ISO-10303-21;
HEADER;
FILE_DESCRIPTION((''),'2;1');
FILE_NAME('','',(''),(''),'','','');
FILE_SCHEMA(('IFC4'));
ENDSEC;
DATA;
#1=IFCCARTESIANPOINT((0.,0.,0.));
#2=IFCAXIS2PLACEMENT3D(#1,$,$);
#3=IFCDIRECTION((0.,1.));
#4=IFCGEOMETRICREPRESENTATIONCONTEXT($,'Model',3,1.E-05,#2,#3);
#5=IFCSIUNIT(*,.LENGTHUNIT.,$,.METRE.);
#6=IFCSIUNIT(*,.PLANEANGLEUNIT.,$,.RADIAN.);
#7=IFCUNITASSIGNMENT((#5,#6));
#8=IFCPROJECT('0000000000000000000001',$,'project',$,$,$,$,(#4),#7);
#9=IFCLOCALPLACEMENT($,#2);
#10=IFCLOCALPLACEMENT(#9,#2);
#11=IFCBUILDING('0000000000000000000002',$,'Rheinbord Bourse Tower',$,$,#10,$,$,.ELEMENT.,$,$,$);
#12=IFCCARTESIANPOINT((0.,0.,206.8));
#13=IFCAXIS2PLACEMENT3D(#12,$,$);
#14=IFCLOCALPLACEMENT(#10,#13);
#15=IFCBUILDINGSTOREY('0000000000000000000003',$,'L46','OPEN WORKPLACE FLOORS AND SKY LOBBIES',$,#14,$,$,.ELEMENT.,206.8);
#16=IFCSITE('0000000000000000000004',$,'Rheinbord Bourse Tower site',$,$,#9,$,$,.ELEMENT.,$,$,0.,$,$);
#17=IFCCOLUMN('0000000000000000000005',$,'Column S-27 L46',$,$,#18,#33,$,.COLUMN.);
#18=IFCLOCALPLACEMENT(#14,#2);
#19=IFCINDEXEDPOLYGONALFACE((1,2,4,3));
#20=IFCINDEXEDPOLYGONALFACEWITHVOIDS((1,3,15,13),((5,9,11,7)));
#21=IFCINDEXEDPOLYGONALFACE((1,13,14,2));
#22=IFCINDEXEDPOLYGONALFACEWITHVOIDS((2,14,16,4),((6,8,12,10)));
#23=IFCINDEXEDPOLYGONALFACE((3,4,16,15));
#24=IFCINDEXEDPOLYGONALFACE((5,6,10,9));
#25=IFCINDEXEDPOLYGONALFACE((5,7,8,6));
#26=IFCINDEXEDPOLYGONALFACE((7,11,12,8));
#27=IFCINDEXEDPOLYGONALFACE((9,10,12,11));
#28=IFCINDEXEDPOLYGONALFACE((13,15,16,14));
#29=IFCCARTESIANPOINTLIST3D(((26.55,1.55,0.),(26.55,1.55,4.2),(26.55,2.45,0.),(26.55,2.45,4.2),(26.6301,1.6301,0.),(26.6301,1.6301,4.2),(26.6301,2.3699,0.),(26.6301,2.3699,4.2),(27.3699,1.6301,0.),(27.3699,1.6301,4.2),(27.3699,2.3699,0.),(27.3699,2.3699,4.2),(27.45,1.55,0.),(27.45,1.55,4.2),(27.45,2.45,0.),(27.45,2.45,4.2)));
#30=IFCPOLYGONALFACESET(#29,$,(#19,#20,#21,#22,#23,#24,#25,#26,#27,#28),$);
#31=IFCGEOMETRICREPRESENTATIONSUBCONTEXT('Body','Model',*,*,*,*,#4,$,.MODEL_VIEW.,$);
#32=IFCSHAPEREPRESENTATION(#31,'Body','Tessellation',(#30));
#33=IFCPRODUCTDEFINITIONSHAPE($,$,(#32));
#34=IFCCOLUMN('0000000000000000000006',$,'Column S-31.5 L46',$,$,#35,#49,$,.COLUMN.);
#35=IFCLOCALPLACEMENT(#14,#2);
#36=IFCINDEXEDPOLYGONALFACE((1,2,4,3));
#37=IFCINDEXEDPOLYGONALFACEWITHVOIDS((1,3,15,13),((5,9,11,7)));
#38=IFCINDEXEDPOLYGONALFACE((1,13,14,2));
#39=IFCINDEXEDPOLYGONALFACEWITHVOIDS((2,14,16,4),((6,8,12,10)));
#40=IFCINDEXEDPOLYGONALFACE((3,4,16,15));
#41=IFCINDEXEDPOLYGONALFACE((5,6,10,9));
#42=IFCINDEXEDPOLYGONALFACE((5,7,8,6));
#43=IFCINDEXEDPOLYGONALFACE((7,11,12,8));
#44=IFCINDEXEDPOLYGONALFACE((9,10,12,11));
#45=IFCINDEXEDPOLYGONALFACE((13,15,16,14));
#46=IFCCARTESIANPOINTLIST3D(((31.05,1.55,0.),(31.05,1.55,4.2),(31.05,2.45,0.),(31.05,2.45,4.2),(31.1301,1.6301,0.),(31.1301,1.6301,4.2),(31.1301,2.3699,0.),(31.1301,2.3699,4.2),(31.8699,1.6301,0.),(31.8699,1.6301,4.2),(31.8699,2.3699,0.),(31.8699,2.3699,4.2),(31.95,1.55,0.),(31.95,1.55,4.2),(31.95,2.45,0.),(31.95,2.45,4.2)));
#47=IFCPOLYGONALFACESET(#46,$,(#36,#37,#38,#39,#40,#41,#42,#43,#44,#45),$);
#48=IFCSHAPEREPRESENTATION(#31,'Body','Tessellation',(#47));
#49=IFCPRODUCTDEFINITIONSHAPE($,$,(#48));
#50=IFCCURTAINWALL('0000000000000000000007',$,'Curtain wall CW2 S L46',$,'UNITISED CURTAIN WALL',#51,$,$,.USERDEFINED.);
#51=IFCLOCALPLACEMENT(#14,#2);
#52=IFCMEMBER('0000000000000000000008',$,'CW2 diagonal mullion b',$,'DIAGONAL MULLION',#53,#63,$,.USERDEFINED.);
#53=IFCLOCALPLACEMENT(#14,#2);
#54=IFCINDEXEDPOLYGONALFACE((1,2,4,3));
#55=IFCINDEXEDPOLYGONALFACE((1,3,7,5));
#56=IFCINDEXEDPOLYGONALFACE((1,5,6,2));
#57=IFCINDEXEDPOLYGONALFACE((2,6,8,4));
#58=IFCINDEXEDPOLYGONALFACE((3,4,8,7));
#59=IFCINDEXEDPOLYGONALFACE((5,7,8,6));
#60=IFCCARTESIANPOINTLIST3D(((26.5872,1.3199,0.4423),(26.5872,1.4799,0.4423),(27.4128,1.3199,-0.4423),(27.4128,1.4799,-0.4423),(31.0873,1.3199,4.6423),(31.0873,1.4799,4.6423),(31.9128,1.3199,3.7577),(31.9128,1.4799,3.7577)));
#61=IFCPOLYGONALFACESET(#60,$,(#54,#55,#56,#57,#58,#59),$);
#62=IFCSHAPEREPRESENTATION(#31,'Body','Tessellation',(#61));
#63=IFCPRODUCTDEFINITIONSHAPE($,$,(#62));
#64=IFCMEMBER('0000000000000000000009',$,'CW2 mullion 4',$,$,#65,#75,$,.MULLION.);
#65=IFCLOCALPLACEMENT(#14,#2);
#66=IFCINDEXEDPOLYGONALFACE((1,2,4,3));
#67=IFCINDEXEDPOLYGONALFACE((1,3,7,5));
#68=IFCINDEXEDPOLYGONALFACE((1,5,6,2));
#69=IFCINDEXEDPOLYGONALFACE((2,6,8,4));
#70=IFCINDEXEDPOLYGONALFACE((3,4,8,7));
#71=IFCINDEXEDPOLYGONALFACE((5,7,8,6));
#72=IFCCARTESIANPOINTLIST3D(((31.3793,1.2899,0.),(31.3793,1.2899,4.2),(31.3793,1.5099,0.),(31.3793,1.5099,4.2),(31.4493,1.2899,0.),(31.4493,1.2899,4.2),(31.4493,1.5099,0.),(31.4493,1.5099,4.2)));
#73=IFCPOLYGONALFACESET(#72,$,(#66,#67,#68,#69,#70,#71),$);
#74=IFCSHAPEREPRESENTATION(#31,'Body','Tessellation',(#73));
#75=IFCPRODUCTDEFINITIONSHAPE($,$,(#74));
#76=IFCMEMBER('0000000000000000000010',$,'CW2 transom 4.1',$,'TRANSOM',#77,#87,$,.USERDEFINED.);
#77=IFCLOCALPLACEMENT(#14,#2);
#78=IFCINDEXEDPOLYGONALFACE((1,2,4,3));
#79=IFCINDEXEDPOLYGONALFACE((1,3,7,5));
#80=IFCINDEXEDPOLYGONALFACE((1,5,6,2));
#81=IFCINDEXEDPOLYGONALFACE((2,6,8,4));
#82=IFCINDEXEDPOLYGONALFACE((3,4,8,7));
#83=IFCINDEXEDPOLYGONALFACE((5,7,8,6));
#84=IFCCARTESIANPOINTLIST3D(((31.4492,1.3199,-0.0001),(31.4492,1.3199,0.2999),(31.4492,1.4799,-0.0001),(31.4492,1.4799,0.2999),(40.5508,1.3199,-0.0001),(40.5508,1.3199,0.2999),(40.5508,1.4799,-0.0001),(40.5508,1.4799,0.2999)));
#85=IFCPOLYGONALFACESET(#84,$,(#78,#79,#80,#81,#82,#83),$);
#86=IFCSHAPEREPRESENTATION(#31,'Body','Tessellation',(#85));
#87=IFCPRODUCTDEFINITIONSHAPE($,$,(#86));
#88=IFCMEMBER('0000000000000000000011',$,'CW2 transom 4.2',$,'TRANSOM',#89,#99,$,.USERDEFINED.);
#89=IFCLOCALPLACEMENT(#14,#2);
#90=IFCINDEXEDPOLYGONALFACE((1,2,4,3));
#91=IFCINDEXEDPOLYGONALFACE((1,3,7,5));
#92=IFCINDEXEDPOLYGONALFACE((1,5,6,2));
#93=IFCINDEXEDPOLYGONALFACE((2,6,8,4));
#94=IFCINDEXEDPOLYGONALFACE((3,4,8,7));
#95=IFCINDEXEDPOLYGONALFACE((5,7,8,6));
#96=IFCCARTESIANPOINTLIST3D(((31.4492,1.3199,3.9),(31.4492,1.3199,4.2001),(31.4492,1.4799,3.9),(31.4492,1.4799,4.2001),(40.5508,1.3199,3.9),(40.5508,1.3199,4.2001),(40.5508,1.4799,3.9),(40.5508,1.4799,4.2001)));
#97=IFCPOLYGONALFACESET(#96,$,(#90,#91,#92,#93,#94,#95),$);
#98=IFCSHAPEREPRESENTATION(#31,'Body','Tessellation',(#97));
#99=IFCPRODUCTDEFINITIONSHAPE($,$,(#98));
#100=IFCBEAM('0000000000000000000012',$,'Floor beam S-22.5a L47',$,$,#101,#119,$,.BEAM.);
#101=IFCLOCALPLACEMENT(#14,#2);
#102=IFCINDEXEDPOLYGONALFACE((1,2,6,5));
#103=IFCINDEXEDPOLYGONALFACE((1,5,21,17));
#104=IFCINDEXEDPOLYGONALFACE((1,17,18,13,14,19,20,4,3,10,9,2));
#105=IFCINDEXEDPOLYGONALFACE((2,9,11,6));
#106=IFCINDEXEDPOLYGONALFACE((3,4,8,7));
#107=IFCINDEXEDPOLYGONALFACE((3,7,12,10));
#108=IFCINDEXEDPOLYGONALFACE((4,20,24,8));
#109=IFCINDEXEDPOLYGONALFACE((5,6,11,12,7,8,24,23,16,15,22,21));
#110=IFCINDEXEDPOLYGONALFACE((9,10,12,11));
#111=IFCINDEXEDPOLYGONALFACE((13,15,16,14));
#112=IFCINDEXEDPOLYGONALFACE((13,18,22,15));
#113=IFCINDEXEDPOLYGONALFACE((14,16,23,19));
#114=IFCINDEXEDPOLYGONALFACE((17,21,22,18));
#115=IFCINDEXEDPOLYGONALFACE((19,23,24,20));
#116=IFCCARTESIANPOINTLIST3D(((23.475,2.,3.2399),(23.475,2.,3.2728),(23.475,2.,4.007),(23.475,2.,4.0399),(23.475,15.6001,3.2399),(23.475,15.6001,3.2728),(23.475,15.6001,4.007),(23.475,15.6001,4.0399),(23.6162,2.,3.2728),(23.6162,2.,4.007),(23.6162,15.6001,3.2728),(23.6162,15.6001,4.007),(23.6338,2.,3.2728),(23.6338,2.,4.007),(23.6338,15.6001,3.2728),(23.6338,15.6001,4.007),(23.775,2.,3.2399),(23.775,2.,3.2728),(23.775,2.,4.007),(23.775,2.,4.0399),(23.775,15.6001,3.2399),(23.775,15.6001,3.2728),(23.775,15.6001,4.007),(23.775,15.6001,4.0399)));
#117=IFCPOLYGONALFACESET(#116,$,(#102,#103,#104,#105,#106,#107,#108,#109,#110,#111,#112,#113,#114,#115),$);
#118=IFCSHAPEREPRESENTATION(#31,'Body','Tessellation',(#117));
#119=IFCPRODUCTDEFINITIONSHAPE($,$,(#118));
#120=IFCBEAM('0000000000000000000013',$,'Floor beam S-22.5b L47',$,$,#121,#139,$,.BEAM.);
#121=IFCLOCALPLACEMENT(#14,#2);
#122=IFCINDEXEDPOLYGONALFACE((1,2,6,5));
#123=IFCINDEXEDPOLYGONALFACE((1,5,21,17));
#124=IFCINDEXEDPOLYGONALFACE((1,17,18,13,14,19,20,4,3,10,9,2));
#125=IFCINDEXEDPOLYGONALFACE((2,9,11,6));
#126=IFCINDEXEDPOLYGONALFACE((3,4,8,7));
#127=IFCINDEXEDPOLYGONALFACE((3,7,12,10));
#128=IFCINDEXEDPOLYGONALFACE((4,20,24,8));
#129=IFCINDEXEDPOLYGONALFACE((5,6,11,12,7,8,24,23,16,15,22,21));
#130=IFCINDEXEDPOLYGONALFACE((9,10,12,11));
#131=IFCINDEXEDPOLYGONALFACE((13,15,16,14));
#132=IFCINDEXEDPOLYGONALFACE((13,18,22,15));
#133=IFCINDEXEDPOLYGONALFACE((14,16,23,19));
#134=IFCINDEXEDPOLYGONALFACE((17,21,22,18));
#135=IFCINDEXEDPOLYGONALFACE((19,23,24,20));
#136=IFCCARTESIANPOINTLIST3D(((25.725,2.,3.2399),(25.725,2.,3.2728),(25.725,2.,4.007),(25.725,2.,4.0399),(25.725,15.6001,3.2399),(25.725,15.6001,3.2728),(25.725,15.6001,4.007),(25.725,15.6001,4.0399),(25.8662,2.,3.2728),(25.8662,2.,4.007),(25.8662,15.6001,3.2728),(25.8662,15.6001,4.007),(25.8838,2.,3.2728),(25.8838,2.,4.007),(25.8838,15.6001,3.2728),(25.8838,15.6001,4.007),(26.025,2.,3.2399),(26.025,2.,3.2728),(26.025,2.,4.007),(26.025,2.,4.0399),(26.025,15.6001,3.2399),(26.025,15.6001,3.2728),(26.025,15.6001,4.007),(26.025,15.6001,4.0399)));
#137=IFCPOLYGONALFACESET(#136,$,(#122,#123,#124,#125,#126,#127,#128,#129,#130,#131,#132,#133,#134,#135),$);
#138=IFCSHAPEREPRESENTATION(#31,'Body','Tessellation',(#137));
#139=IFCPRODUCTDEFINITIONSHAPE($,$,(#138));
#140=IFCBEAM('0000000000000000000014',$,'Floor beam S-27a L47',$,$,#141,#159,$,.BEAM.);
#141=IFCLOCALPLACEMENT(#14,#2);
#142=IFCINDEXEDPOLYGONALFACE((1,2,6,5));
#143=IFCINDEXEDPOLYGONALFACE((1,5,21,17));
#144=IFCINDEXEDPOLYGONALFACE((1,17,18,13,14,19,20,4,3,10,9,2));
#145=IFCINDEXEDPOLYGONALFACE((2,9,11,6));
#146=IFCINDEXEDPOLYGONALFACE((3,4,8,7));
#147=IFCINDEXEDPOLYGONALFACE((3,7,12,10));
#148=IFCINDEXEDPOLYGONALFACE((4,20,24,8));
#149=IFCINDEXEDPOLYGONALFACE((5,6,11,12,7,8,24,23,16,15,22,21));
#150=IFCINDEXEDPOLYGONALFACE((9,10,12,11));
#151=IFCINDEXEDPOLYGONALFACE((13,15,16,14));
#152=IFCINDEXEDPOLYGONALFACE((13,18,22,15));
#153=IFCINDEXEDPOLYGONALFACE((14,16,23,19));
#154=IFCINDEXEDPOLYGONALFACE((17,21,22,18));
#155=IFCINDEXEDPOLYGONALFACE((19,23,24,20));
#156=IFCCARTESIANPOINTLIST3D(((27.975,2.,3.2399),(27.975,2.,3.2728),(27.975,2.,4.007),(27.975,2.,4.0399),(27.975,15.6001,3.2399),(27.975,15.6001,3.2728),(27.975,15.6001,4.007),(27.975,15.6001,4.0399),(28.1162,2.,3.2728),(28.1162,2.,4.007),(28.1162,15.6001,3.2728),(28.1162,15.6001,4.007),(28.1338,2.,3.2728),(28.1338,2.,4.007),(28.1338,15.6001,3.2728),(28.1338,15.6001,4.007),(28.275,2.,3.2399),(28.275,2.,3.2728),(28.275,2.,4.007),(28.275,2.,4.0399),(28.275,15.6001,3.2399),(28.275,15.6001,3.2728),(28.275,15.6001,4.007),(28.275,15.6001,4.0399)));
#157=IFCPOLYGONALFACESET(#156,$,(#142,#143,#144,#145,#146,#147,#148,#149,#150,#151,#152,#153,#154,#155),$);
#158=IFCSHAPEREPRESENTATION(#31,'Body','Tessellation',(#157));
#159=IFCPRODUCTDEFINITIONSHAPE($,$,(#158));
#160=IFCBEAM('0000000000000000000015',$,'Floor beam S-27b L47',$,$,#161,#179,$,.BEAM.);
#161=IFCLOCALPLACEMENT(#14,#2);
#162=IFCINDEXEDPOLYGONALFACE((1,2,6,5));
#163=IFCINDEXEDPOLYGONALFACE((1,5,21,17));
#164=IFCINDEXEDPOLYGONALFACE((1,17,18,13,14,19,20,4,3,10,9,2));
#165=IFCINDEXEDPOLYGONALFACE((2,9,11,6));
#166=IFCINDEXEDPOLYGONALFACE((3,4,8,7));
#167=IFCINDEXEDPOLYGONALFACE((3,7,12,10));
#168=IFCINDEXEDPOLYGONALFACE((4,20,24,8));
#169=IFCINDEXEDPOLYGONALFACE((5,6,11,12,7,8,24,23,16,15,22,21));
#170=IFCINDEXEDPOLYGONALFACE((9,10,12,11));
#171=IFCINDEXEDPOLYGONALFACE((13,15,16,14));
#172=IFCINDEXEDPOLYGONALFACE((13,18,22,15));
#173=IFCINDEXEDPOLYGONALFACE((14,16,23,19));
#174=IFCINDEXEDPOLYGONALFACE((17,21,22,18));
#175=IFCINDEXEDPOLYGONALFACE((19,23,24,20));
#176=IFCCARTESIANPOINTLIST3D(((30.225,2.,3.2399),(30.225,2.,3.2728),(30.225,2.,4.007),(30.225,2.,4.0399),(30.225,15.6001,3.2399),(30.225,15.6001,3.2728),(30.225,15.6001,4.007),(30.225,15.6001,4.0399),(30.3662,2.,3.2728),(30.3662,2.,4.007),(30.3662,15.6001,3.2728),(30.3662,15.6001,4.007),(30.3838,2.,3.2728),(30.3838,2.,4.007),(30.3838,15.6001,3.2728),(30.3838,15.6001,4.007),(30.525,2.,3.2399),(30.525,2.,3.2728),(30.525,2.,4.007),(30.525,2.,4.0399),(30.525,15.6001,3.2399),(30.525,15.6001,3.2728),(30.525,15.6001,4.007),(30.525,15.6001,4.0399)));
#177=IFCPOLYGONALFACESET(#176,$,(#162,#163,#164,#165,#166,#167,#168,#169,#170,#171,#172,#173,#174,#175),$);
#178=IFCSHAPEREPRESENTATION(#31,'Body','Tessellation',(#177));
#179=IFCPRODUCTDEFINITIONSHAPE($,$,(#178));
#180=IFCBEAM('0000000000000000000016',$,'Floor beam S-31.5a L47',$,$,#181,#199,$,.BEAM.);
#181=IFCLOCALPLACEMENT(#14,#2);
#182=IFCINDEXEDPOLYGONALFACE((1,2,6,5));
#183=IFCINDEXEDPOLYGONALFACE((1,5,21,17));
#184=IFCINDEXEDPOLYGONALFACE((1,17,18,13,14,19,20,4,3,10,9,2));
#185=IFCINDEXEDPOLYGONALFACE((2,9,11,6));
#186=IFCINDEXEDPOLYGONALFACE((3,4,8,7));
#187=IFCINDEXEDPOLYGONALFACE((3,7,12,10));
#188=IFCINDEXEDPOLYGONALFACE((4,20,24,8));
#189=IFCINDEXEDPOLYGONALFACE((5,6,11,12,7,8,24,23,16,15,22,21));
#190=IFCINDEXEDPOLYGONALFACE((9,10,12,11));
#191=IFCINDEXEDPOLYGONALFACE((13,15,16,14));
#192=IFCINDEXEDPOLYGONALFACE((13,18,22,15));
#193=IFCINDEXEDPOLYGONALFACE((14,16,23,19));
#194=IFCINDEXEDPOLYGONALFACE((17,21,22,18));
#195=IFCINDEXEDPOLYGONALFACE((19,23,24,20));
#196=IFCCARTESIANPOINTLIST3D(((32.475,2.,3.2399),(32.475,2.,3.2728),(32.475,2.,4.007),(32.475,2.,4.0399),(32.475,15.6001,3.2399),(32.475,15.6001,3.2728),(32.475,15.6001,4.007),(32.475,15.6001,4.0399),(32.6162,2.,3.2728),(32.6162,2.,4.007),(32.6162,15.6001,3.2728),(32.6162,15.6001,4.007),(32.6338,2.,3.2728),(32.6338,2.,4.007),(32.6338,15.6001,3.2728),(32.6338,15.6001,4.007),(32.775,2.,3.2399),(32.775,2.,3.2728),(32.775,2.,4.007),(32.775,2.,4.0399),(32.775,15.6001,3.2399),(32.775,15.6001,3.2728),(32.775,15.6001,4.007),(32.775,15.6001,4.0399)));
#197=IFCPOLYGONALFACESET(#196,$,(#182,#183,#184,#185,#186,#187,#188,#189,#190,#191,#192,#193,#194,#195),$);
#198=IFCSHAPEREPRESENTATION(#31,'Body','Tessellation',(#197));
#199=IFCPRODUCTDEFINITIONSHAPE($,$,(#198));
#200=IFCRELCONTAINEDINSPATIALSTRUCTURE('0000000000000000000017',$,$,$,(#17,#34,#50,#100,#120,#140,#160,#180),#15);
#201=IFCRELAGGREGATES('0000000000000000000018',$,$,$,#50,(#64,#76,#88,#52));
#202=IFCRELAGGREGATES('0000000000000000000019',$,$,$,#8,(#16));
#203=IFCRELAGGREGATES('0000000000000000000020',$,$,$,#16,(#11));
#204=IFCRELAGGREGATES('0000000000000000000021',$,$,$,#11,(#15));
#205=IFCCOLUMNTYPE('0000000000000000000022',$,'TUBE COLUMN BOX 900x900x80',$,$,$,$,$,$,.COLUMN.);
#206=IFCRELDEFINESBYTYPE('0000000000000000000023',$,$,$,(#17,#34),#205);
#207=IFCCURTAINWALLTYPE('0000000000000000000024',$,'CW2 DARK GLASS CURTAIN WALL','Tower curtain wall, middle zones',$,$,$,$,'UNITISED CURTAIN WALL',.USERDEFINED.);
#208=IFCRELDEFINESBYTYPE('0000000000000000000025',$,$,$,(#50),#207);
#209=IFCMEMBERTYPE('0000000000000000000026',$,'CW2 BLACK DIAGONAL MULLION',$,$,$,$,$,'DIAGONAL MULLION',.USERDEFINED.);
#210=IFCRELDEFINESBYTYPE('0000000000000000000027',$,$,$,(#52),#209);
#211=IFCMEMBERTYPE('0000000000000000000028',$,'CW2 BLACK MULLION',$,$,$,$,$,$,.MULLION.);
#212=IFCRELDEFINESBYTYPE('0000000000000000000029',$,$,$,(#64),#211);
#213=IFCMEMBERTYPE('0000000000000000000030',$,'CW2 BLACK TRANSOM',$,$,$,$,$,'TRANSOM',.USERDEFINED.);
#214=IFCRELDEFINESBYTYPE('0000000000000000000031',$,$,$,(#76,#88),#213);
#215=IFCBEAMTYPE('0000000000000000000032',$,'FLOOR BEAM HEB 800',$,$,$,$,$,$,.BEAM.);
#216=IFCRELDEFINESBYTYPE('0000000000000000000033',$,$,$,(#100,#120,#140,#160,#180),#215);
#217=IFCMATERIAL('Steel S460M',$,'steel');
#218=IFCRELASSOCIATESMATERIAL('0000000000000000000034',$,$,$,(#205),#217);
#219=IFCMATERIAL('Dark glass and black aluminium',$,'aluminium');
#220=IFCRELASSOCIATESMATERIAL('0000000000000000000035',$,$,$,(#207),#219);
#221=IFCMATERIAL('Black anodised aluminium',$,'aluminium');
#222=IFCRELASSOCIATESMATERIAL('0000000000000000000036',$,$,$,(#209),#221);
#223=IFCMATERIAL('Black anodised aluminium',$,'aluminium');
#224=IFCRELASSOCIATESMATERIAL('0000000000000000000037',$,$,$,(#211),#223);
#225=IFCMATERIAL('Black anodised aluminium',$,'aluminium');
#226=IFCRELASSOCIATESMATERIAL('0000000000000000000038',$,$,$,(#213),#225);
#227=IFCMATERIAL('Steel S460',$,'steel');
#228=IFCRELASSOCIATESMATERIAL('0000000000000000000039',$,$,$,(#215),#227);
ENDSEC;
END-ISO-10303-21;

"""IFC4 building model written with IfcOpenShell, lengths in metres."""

from ifc_helpers import new_model, si_unit, direction, frame, origin, origin_2d, place, context, subcontext, project, spatial, rectangle, hollow_rectangle, i_section, extrude, material, material_profile, profile_set, type_object, element, aggregate, save


model = new_model("IFC4")

# Units and contexts
model_context = context("Model", 3, precision=1e-05, world=origin(), true_north=direction((0.0, 1.0)))
body_context = subcontext(model_context, "Body", "Model", "MODEL_VIEW")
ifc_project = project(units=[si_unit("LENGTHUNIT", "METRE"), si_unit("PLANEANGLEUNIT", "RADIAN")], contexts=[model_context])

# Site, building, storey
site_placement = place(None, origin())
site = spatial("IfcSite", under=ifc_project, at=site_placement, Name="Rheinbord Bourse Tower site", CompositionType="ELEMENT", RefElevation=0.0)
building_placement = place(site_placement, origin())
building = spatial("IfcBuilding", under=site, at=building_placement, Name="Rheinbord Bourse Tower", CompositionType="ELEMENT")
storey_placement = place(building_placement, frame((0.0, 0.0, 206.8)))
storey = spatial("IfcBuildingStorey", under=building, at=storey_placement, Name="L46", Description="OPEN WORKPLACE FLOORS AND SKY LOBBIES", CompositionType="ELEMENT", Elevation=206.8)

# Columns
ifc_material_1 = material(Name="Steel S460M", Category="steel")
ifc_material_profile_1 = material_profile(ifc_material_1, hollow_rectangle(XDim=0.8999, YDim=0.8999, WallThickness=0.0801, at=origin_2d()), Name="BOX 900x900x80")
ifc_profile_set_1 = profile_set([ifc_material_profile_1], Name="Steel S460M")
column_type = type_object("IfcColumnType", Name="TUBE COLUMN BOX 900x900x80", PredefinedType="COLUMN", material=ifc_profile_set_1)
for number, where, z_axis, x_axis, name in (
    (1, (27.0, 2.0, 0.0), (0.0, 0.0, 1.0), (0.0, 1.0, 0.0), "Column S-27 L46"),
    (2, (31.5, 2.0, 0.0), (0.0, 0.0, 1.0), (0.0, 1.0, 0.0), "Column S-31.5 L46"),
):
    element("IfcColumn", number, at=place(storey_placement, frame(where, z_axis=z_axis, x_axis=x_axis)), inside=storey, type_object=column_type, Name=name, PredefinedType="COLUMN", context=body_context, shape_type="SweptSolid", body=[
        extrude(hollow_rectangle(XDim=0.8999, YDim=0.8999, WallThickness=0.0801, at=origin_2d()), origin(), (0.0, 0.0, 1.0), 4.2),
    ])

# Curtain wall, members
ifc_material_2 = material(Name="Dark glass and black aluminium", Category="aluminium")
curtain_wall_type = type_object("IfcCurtainWallType", Name="CW2 DARK GLASS CURTAIN WALL", Description="Tower curtain wall, middle zones", ElementType="UNITISED CURTAIN WALL", PredefinedType="USERDEFINED", material=ifc_material_2)
curtain_wall_placement = place(storey_placement, origin())
curtain_wall = element("IfcCurtainWall", 3, at=curtain_wall_placement, inside=storey, type_object=curtain_wall_type, Name="Curtain wall CW2 S L46", ObjectType="UNITISED CURTAIN WALL", PredefinedType="USERDEFINED")
ifc_material_3 = material(Name="Black anodised aluminium", Category="aluminium")
ifc_material_profile_2 = material_profile(ifc_material_3, rectangle(XDim=0.1599, YDim=1.21, at=origin_2d()), Name="CW2 DIAGONAL MULLION 1210x160")
ifc_profile_set_2 = profile_set([ifc_material_profile_2], Name="Black anodised aluminium")
member_type_1 = type_object("IfcMemberType", Name="CW2 BLACK DIAGONAL MULLION", ElementType="DIAGONAL MULLION", PredefinedType="USERDEFINED", material=ifc_profile_set_2)
member_1_placement = place(storey_placement, frame((27.0, 1.3999, 0.0), z_axis=(0.731059, 0.0, 0.682314), x_axis=(0.0, 1.0, 0.0)))
member_1 = element("IfcMember", 4, at=member_1_placement, type_object=member_type_1, Name="CW2 diagonal mullion b", ObjectType="DIAGONAL MULLION", PredefinedType="USERDEFINED", context=body_context, shape_type="SweptSolid", body=[
    extrude(rectangle(XDim=0.1599, YDim=1.21, at=origin_2d()), origin(), (0.0, 0.0, 1.0), 6.1555),
])
ifc_material_4 = material(Name="Black anodised aluminium", Category="aluminium")
ifc_material_profile_3 = material_profile(ifc_material_4, rectangle(XDim=0.22, YDim=0.0701, at=origin_2d()), Name="CW2 MULLION 70x220")
ifc_profile_set_3 = profile_set([ifc_material_profile_3], Name="Black anodised aluminium")
member_type_2 = type_object("IfcMemberType", Name="CW2 BLACK MULLION", PredefinedType="MULLION", material=ifc_profile_set_3)
member_2_placement = place(storey_placement, frame((31.4143, 1.3999, 0.0), z_axis=(0.0, 0.0, 1.0), x_axis=(0.0, 1.0, 0.0)))
member_2 = element("IfcMember", 5, at=member_2_placement, type_object=member_type_2, Name="CW2 mullion 4", PredefinedType="MULLION", context=body_context, shape_type="SweptSolid", body=[
    extrude(rectangle(XDim=0.22, YDim=0.0701, at=origin_2d()), origin(), (0.0, 0.0, 1.0), 4.2),
])
ifc_material_5 = material(Name="Black anodised aluminium", Category="aluminium")
ifc_material_profile_4 = material_profile(ifc_material_5, rectangle(XDim=0.1599, YDim=0.3, at=origin_2d()), Name="CW2 TRANSOM 300x160")
ifc_profile_set_4 = profile_set([ifc_material_profile_4], Name="Black anodised aluminium")
member_type_3 = type_object("IfcMemberType", Name="CW2 BLACK TRANSOM", ElementType="TRANSOM", PredefinedType="USERDEFINED", material=ifc_profile_set_4)
member_3_placement = place(storey_placement, frame((31.4492, 1.3999, 0.1499), z_axis=(1.0, 0.0, 0.0), x_axis=(0.0, 1.0, 0.0)))
member_3 = element("IfcMember", 6, at=member_3_placement, type_object=member_type_3, Name="CW2 transom 4.1", ObjectType="TRANSOM", PredefinedType="USERDEFINED", context=body_context, shape_type="SweptSolid", body=[
    extrude(rectangle(XDim=0.1599, YDim=0.3, at=origin_2d()), origin(), (0.0, 0.0, 1.0), 9.1016),
])
member_4_placement = place(storey_placement, frame((31.4492, 1.3999, 4.05), z_axis=(1.0, 0.0, 0.0), x_axis=(0.0, 1.0, 0.0)))
member_4 = element("IfcMember", 7, at=member_4_placement, type_object=member_type_3, Name="CW2 transom 4.2", ObjectType="TRANSOM", PredefinedType="USERDEFINED", context=body_context, shape_type="SweptSolid", body=[
    extrude(rectangle(XDim=0.1599, YDim=0.3, at=origin_2d()), origin(), (0.0, 0.0, 1.0), 9.1016),
])

# Beams
ifc_material_6 = material(Name="Steel S460", Category="steel")
ifc_material_profile_5 = material_profile(ifc_material_6, i_section(OverallWidth=0.3, OverallDepth=0.8, WebThickness=0.0176, FlangeThickness=0.033, at=origin_2d()), Name="HEB 800")
ifc_profile_set_5 = profile_set([ifc_material_profile_5], Name="Steel S460")
beam_type_1 = type_object("IfcBeamType", Name="FLOOR BEAM HEB 800", PredefinedType="BEAM", material=ifc_profile_set_5)
for number, where, z_axis, x_axis, name in (
    (8, (23.625, 2.0, 3.6399), (0.0, 1.0, 0.0), (-1.0, 0.0, 0.0), "Floor beam S-22.5a L47"),
    (9, (25.875, 2.0, 3.6399), (0.0, 1.0, 0.0), (-1.0, 0.0, 0.0), "Floor beam S-22.5b L47"),
    (10, (28.125, 2.0, 3.6399), (0.0, 1.0, 0.0), (-1.0, 0.0, 0.0), "Floor beam S-27a L47"),
    (11, (30.375, 2.0, 3.6399), (0.0, 1.0, 0.0), (-1.0, 0.0, 0.0), "Floor beam S-27b L47"),
    (12, (32.625, 2.0, 3.6399), (0.0, 1.0, 0.0), (-1.0, 0.0, 0.0), "Floor beam S-31.5a L47"),
):
    element("IfcBeam", number, at=place(storey_placement, frame(where, z_axis=z_axis, x_axis=x_axis)), inside=storey, type_object=beam_type_1, Name=name, PredefinedType="BEAM", context=body_context, shape_type="SweptSolid", body=[
        extrude(i_section(OverallWidth=0.3, OverallDepth=0.8, WebThickness=0.0176, FlangeThickness=0.033, at=origin_2d()), origin(), (0.0, 0.0, 1.0), 13.6001),
    ])

aggregate(curtain_wall, [member_2, member_3, member_4, member_1])

save(model, "model.ifc")
